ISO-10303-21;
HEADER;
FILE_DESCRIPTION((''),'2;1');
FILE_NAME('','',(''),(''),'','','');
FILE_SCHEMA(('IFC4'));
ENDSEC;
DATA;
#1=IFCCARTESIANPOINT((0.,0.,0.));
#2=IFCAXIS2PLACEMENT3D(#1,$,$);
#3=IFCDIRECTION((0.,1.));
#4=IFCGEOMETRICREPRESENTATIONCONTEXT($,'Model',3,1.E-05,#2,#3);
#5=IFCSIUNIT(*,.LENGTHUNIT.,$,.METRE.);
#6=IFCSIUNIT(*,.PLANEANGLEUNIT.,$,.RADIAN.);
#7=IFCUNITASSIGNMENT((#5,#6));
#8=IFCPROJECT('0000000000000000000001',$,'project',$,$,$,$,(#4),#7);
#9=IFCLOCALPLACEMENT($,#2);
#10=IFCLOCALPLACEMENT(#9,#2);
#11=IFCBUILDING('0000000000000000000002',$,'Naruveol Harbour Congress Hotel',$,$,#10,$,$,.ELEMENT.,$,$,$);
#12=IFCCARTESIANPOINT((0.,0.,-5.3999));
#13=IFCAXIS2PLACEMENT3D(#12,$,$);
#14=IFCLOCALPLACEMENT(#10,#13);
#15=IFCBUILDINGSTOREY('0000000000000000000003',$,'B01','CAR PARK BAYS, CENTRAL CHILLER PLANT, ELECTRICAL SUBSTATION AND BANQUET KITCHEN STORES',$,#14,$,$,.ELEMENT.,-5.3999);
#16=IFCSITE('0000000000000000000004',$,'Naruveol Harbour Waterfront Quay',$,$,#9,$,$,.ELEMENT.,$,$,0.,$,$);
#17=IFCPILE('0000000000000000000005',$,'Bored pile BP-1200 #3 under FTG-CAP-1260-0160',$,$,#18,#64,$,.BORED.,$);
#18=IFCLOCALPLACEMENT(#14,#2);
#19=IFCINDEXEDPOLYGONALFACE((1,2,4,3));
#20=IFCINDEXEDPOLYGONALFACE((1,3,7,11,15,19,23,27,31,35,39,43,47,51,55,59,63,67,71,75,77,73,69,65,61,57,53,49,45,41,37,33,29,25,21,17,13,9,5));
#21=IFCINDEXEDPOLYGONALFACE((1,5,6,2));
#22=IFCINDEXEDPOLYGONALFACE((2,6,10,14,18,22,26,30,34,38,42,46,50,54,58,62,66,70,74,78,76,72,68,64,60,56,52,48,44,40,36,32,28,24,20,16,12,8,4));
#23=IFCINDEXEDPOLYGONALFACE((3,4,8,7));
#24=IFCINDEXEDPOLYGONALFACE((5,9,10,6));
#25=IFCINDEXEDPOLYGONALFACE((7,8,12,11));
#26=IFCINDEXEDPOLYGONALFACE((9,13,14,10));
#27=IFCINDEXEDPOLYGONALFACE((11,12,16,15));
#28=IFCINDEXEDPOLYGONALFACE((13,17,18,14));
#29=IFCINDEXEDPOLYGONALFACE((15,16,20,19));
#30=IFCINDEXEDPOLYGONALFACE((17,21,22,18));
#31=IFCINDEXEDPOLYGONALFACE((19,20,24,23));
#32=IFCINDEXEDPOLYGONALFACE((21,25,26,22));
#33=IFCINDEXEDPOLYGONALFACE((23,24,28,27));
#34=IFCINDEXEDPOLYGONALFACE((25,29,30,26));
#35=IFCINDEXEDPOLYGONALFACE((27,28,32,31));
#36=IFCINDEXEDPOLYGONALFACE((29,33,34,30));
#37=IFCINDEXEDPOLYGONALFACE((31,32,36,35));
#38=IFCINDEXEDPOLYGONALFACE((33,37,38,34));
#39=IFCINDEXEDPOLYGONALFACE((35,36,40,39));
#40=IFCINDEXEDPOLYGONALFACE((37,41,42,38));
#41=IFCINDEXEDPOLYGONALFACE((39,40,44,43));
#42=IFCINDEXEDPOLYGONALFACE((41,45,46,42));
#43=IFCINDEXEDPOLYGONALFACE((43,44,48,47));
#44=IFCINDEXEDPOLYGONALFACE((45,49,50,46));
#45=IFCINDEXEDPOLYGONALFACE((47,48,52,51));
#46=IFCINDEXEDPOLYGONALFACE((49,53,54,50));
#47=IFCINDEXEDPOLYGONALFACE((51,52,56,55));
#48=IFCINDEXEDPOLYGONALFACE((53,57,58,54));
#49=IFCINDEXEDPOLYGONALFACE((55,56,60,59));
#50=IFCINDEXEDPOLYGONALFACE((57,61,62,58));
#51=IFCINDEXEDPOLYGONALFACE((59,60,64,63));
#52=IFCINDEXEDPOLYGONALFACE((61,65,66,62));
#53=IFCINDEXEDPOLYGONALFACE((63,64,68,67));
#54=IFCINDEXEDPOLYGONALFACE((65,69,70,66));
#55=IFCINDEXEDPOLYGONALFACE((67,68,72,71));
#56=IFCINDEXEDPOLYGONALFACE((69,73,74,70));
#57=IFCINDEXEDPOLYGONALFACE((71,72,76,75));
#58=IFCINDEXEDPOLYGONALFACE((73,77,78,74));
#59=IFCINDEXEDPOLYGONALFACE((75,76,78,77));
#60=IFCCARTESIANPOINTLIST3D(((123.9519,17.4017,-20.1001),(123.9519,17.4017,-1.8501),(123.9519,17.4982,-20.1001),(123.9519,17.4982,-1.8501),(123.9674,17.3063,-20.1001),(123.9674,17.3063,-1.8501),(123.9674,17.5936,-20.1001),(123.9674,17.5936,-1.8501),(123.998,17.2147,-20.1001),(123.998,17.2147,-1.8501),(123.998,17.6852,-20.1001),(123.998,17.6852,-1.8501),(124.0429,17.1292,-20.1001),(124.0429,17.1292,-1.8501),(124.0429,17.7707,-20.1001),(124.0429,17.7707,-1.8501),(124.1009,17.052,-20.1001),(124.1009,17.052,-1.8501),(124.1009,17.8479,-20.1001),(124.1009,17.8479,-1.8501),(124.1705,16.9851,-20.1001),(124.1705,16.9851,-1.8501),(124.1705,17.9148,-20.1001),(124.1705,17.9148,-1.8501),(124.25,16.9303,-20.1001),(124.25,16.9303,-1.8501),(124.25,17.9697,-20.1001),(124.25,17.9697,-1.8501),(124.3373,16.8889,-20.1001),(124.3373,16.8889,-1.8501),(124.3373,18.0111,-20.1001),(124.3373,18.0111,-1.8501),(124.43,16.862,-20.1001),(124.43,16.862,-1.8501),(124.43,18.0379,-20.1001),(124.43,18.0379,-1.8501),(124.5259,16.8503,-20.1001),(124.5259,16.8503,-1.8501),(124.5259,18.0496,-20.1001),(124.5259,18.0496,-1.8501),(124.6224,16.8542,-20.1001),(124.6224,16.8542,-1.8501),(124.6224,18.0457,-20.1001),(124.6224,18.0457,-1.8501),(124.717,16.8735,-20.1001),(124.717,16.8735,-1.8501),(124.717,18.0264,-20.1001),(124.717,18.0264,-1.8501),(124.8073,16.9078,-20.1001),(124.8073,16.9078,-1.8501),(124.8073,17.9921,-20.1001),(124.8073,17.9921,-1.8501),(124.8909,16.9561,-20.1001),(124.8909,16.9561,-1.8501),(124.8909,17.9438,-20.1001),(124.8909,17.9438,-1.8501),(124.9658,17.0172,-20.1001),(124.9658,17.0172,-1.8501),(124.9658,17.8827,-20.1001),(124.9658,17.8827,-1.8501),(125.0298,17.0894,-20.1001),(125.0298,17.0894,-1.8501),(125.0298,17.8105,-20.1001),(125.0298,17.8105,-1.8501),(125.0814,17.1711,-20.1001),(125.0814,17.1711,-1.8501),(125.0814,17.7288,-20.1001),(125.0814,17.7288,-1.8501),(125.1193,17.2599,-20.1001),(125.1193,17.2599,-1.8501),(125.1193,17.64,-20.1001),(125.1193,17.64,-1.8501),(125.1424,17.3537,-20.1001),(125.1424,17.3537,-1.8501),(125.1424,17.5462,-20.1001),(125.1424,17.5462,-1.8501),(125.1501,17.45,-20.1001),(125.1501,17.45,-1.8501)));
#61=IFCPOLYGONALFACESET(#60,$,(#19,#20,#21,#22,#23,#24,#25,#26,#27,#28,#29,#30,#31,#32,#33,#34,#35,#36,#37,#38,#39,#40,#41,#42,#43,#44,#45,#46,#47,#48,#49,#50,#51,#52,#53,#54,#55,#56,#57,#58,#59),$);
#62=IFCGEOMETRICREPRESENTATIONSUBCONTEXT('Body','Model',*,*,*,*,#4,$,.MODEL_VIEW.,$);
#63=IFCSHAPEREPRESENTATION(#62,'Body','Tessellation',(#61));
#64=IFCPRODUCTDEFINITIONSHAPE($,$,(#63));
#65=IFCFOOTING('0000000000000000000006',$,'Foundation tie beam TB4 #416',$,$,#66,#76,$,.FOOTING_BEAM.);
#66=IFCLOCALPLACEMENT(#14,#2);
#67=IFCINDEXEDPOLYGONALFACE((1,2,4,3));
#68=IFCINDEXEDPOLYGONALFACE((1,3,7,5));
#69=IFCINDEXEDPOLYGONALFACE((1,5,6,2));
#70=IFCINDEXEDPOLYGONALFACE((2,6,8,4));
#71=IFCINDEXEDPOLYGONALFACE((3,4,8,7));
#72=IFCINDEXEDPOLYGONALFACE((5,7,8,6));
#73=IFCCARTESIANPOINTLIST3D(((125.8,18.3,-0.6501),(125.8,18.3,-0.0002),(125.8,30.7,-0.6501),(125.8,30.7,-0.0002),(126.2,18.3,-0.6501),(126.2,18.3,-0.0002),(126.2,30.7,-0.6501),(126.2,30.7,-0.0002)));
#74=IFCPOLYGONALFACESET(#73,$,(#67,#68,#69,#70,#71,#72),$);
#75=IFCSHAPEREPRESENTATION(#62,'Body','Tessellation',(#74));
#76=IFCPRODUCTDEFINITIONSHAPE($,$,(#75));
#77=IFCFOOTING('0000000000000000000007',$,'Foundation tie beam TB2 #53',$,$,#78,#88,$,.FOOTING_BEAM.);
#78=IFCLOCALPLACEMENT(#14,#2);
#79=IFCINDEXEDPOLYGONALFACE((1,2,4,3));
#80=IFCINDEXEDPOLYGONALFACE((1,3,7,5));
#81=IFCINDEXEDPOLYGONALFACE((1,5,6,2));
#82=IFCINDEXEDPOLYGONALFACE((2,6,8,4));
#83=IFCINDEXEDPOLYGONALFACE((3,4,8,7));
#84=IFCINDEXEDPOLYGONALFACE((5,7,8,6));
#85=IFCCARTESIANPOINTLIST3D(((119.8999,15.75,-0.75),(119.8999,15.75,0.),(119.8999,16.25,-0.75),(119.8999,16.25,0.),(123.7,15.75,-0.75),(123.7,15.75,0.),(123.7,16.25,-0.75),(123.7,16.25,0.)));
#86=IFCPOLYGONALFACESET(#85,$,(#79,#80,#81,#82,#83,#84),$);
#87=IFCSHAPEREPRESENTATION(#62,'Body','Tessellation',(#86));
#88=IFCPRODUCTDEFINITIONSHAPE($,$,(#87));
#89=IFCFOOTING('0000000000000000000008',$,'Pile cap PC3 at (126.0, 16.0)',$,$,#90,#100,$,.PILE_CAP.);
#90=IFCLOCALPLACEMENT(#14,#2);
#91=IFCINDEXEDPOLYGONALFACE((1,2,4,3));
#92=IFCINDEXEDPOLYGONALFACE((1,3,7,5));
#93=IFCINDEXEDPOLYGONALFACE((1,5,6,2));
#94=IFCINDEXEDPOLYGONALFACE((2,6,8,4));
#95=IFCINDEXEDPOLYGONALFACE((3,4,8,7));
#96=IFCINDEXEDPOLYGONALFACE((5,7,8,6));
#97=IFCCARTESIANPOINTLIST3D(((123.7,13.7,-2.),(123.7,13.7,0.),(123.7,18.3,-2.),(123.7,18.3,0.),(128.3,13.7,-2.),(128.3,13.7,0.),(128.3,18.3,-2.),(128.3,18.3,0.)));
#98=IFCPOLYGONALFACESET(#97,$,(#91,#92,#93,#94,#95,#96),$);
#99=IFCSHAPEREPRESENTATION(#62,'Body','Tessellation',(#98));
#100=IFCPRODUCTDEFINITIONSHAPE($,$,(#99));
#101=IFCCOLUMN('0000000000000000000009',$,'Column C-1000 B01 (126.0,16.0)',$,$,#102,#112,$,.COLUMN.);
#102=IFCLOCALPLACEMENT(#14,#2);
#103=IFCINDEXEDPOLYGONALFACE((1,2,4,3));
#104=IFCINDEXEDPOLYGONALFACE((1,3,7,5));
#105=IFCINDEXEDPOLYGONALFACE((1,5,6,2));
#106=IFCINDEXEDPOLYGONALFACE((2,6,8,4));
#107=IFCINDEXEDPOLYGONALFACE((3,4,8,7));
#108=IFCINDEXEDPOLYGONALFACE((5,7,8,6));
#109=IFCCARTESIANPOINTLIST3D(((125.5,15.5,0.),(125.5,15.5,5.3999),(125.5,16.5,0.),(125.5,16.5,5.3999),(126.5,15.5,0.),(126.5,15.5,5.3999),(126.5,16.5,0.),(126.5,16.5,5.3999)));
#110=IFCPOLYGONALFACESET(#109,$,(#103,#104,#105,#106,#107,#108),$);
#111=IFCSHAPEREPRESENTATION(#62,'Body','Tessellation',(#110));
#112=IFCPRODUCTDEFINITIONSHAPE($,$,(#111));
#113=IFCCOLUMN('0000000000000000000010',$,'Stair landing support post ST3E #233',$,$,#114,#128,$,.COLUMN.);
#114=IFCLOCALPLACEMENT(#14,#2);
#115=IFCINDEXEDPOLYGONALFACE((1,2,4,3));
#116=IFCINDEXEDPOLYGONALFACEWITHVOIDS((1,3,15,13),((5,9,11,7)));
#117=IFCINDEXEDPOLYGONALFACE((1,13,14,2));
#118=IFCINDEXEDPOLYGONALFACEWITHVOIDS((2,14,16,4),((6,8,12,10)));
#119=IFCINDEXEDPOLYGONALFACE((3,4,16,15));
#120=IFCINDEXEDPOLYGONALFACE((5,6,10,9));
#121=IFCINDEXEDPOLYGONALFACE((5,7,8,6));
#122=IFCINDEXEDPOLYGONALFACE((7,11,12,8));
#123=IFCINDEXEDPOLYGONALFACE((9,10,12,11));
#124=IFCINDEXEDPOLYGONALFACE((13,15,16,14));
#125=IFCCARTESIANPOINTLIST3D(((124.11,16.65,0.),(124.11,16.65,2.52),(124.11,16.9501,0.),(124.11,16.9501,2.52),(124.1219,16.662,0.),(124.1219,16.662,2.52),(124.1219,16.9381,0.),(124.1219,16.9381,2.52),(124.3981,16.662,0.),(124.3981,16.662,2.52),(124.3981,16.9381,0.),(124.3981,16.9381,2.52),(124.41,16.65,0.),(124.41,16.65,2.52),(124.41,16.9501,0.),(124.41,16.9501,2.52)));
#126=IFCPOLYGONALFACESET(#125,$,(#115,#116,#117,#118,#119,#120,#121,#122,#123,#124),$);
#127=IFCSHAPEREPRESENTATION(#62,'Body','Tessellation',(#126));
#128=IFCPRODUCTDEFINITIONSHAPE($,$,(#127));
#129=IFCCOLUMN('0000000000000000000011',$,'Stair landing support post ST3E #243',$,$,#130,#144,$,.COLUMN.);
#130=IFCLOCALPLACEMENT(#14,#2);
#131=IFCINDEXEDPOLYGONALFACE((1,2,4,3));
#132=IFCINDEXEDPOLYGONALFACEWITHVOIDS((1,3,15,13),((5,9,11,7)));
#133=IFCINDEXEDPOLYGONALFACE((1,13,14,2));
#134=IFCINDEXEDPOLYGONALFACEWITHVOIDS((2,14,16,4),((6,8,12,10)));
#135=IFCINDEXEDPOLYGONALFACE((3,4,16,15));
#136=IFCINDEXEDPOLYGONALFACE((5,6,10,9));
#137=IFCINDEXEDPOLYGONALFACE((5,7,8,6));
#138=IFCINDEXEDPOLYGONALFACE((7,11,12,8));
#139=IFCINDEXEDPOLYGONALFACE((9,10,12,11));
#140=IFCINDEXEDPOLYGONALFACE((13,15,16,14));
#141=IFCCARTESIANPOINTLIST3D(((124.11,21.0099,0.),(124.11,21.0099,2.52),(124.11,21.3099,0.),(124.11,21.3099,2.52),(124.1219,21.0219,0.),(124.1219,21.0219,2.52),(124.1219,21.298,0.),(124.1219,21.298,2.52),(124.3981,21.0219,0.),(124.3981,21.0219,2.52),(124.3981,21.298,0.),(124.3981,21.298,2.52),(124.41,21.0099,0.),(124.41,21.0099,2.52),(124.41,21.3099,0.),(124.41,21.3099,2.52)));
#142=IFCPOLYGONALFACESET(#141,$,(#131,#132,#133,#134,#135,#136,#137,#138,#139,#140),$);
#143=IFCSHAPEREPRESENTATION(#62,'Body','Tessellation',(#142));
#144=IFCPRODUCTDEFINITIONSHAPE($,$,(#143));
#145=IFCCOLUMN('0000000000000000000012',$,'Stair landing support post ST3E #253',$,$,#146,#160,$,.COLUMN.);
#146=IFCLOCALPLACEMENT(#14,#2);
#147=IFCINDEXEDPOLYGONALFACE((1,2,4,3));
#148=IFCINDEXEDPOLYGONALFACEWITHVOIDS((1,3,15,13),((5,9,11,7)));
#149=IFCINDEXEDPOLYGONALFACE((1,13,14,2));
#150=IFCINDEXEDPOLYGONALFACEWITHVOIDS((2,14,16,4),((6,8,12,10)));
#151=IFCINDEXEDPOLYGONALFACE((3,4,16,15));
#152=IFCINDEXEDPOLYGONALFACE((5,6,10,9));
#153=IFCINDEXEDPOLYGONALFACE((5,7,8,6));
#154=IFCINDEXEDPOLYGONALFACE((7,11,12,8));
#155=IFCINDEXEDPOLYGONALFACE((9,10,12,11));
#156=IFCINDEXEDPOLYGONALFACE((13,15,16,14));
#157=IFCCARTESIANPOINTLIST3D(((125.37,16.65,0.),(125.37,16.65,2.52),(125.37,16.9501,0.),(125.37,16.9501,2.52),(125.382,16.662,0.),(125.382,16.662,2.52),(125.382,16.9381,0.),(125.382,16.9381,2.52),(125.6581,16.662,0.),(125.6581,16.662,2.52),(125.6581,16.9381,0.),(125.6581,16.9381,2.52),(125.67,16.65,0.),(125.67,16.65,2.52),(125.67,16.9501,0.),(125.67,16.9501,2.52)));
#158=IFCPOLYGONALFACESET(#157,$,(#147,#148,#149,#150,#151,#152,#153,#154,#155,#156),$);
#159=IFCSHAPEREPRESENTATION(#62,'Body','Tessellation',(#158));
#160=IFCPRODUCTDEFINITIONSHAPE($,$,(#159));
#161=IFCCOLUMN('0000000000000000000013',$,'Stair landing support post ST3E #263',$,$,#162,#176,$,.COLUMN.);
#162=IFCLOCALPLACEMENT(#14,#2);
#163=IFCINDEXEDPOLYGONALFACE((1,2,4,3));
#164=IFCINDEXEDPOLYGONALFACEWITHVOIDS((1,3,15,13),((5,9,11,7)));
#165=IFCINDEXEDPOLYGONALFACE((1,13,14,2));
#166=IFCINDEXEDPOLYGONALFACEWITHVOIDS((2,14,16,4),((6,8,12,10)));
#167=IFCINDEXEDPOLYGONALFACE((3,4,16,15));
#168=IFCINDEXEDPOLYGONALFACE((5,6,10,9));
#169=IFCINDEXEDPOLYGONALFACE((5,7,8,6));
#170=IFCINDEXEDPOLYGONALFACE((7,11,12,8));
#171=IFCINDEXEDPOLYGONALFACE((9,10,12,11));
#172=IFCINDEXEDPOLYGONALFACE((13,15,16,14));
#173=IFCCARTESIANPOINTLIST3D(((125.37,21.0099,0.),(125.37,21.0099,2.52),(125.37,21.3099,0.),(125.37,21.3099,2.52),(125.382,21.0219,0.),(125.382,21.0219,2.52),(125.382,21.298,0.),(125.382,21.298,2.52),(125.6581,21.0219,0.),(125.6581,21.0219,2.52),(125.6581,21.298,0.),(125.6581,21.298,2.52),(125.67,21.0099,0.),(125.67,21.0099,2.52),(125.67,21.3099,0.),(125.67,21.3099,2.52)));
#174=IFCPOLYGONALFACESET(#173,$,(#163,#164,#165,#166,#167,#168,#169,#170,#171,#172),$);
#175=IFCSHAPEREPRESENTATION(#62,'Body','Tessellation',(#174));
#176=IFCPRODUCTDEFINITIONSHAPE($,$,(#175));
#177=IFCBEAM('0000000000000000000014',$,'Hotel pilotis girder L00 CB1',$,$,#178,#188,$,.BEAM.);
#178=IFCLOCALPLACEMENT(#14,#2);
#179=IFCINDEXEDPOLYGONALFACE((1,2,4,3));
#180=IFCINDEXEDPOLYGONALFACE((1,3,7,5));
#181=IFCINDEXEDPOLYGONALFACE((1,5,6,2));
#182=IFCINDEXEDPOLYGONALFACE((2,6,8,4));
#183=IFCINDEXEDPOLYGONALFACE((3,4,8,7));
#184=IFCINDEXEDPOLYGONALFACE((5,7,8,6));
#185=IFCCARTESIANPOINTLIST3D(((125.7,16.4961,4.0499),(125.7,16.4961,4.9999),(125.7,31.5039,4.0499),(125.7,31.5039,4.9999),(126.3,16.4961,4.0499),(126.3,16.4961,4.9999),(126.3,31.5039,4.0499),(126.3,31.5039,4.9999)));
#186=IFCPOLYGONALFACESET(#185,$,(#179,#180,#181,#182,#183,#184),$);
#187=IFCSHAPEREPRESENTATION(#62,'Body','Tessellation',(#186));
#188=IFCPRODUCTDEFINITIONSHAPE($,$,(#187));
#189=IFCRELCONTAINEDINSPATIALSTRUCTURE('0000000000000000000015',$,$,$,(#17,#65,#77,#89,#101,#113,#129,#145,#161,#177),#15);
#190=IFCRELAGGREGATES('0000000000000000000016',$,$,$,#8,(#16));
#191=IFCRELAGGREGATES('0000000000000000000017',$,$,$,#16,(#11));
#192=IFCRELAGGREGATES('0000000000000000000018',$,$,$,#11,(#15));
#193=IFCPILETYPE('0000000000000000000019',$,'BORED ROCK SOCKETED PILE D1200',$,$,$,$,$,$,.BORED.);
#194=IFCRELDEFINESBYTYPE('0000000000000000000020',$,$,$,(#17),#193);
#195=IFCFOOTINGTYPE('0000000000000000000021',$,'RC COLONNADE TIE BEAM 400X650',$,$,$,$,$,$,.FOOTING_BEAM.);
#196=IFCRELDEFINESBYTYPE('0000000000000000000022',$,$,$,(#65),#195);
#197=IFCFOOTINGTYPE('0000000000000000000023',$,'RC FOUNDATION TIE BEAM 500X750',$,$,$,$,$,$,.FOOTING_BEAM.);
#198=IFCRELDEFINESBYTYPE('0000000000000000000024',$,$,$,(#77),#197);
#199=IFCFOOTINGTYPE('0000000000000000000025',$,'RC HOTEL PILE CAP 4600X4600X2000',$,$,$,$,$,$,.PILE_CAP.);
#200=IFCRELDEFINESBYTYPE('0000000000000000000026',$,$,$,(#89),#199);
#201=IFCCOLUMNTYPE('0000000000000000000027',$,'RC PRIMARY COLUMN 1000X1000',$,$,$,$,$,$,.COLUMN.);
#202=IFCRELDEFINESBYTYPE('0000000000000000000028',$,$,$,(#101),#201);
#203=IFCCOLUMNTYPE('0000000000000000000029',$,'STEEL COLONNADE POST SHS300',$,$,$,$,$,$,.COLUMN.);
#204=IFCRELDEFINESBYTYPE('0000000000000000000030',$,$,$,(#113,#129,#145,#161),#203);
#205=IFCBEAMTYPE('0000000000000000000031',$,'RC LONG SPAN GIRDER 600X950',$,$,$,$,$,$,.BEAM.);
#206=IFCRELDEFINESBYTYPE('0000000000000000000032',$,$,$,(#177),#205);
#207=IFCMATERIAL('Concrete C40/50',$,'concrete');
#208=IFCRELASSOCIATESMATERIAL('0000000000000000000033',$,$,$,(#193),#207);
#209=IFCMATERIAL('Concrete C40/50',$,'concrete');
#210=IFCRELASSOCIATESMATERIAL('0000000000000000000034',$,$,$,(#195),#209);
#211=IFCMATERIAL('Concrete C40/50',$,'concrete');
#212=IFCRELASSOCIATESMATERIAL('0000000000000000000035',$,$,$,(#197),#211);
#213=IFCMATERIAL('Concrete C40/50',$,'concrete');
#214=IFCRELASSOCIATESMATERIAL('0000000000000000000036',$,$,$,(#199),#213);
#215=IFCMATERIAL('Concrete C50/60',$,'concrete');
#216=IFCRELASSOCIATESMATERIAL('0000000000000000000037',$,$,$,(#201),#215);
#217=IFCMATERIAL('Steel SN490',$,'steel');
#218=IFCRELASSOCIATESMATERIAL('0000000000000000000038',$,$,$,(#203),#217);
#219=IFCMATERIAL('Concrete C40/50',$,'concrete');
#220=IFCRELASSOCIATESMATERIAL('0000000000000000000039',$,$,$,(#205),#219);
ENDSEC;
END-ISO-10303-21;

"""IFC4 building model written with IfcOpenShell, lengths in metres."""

from ifc_helpers import new_model, si_unit, direction, frame, origin, origin_2d, place, context, subcontext, project, spatial, rectangle, hollow_rectangle, circle, extrude, material, material_profile, profile_set, type_object, element, save


model = new_model("IFC4")

# Units and contexts
model_context = context("Model", 3, precision=1e-05, world=origin(), true_north=direction((0.0, 1.0)))
body_context = subcontext(model_context, "Body", "Model", "MODEL_VIEW")
ifc_project = project(units=[si_unit("LENGTHUNIT", "METRE"), si_unit("PLANEANGLEUNIT", "RADIAN")], contexts=[model_context])

# Site, building, storey
site_placement = place(None, origin())
site = spatial("IfcSite", under=ifc_project, at=site_placement, Name="Naruveol Harbour Waterfront Quay", CompositionType="ELEMENT", RefElevation=0.0)
building_placement = place(site_placement, origin())
building = spatial("IfcBuilding", under=site, at=building_placement, Name="Naruveol Harbour Congress Hotel", CompositionType="ELEMENT")
storey_placement = place(building_placement, frame((0.0, 0.0, -5.3999)))
storey = spatial("IfcBuildingStorey", under=building, at=storey_placement, Name="B01", Description="CAR PARK BAYS, CENTRAL CHILLER PLANT, ELECTRICAL SUBSTATION AND BANQUET KITCHEN STORES", CompositionType="ELEMENT", Elevation=-5.3999)

# Pile
ifc_material_1 = material(Name="Concrete C40/50", Category="concrete")
ifc_material_profile_1 = material_profile(ifc_material_1, circle(Radius=0.6001, at=origin_2d()), Name="BP-1200")
ifc_profile_set_1 = profile_set([ifc_material_profile_1], Name="Concrete C40/50")
pile_type = type_object("IfcPileType", Name="BORED ROCK SOCKETED PILE D1200", PredefinedType="BORED", material=ifc_profile_set_1)
pile_placement = place(storey_placement, frame((124.55, 17.45, -1.8501), z_axis=(0.0, 0.0, -1.0), x_axis=(1.0, 0.0, 0.0)))
element("IfcPile", 1, at=pile_placement, inside=storey, type_object=pile_type, Name="Bored pile BP-1200 #3 under FTG-CAP-1260-0160", PredefinedType="BORED", context=body_context, shape_type="SweptSolid", body=[
    extrude(circle(Radius=0.6001, at=origin_2d()), origin(), (0.0, 0.0, 1.0), 18.25),
])

# Footings
ifc_material_2 = material(Name="Concrete C40/50", Category="concrete")
ifc_material_profile_2 = material_profile(ifc_material_2, rectangle(XDim=0.3999, YDim=0.6499, at=origin_2d()), Name="RCB-400x650")
ifc_profile_set_2 = profile_set([ifc_material_profile_2], Name="Concrete C40/50")
footing_type_1 = type_object("IfcFootingType", Name="RC COLONNADE TIE BEAM 400X650", PredefinedType="FOOTING_BEAM", material=ifc_profile_set_2)
footing_1_placement = place(storey_placement, frame((126.0, 18.3, -0.3252), z_axis=(0.0, 1.0, 0.0), x_axis=(-1.0, 0.0, 0.0)))
element("IfcFooting", 2, at=footing_1_placement, inside=storey, type_object=footing_type_1, Name="Foundation tie beam TB4 #416", PredefinedType="FOOTING_BEAM", context=body_context, shape_type="SweptSolid", body=[
    extrude(rectangle(XDim=0.3999, YDim=0.6499, at=origin_2d()), origin(), (0.0, 0.0, 1.0), 12.3999),
])
ifc_material_3 = material(Name="Concrete C40/50", Category="concrete")
ifc_material_profile_3 = material_profile(ifc_material_3, rectangle(XDim=0.5, YDim=0.75, at=origin_2d()), Name="RCB-500x750")
ifc_profile_set_3 = profile_set([ifc_material_profile_3], Name="Concrete C40/50")
footing_type_2 = type_object("IfcFootingType", Name="RC FOUNDATION TIE BEAM 500X750", PredefinedType="FOOTING_BEAM", material=ifc_profile_set_3)
footing_2_placement = place(storey_placement, frame((119.8999, 16.0, -0.375), z_axis=(1.0, 0.0, 0.0), x_axis=(0.0, 1.0, 0.0)))
element("IfcFooting", 3, at=footing_2_placement, inside=storey, type_object=footing_type_2, Name="Foundation tie beam TB2 #53", PredefinedType="FOOTING_BEAM", context=body_context, shape_type="SweptSolid", body=[
    extrude(rectangle(XDim=0.5, YDim=0.75, at=origin_2d()), origin(), (0.0, 0.0, 1.0), 3.8),
])
ifc_material_4 = material(Name="Concrete C40/50", Category="concrete")
footing_type_3 = type_object("IfcFootingType", Name="RC HOTEL PILE CAP 4600X4600X2000", PredefinedType="PILE_CAP", material=ifc_material_4)
footing_3_placement = place(storey_placement, frame((126.0, 16.0, -2.0), z_axis=(0.0, 0.0, 1.0), x_axis=(1.0, 0.0, 0.0)))
element("IfcFooting", 4, at=footing_3_placement, inside=storey, type_object=footing_type_3, Name="Pile cap PC3 at (126.0, 16.0)", PredefinedType="PILE_CAP", context=body_context, shape_type="SweptSolid", body=[
    extrude(rectangle(XDim=4.6001, YDim=4.6001, at=origin_2d()), origin(), (0.0, 0.0, 1.0), 2.0),
])

# Columns
ifc_material_5 = material(Name="Concrete C50/60", Category="concrete")
ifc_material_profile_4 = material_profile(ifc_material_5, rectangle(XDim=1.0, YDim=1.0, at=origin_2d()), Name="RC-1000x1000")
ifc_profile_set_4 = profile_set([ifc_material_profile_4], Name="Concrete C50/60")
column_type_1 = type_object("IfcColumnType", Name="RC PRIMARY COLUMN 1000X1000", PredefinedType="COLUMN", material=ifc_profile_set_4)
column_placement = place(storey_placement, frame((126.0, 16.0, 0.0), z_axis=(0.0, 0.0, 1.0), x_axis=(1.0, 0.0, 0.0)))
element("IfcColumn", 5, at=column_placement, inside=storey, type_object=column_type_1, Name="Column C-1000 B01 (126.0,16.0)", PredefinedType="COLUMN", context=body_context, shape_type="SweptSolid", body=[
    extrude(rectangle(XDim=1.0, YDim=1.0, at=origin_2d()), origin(), (0.0, 0.0, 1.0), 5.3999),
])
ifc_material_6 = material(Name="Steel SN490", Category="steel")
ifc_material_profile_5 = material_profile(ifc_material_6, hollow_rectangle(XDim=0.3, YDim=0.3, WallThickness=0.012, at=origin_2d()), Name="SHS-300x300x12")
ifc_profile_set_5 = profile_set([ifc_material_profile_5], Name="Steel SN490")
column_type_2 = type_object("IfcColumnType", Name="STEEL COLONNADE POST SHS300", PredefinedType="COLUMN", material=ifc_profile_set_5)
for number, where, z_axis, x_axis, name in (
    (6, (124.26, 16.8, 0.0), (0.0, 0.0, 1.0), (1.0, 0.0, 0.0), "Stair landing support post ST3E #233"),
    (7, (124.26, 21.1599, 0.0), (0.0, 0.0, 1.0), (1.0, 0.0, 0.0), "Stair landing support post ST3E #243"),
    (8, (125.52, 16.8, 0.0), (0.0, 0.0, 1.0), (1.0, 0.0, 0.0), "Stair landing support post ST3E #253"),
    (9, (125.52, 21.1599, 0.0), (0.0, 0.0, 1.0), (1.0, 0.0, 0.0), "Stair landing support post ST3E #263"),
):
    element("IfcColumn", number, at=place(storey_placement, frame(where, z_axis=z_axis, x_axis=x_axis)), inside=storey, type_object=column_type_2, Name=name, PredefinedType="COLUMN", context=body_context, shape_type="SweptSolid", body=[
        extrude(hollow_rectangle(XDim=0.3, YDim=0.3, WallThickness=0.012, at=origin_2d()), origin(), (0.0, 0.0, 1.0), 2.52),
    ])

# Beam
ifc_material_7 = material(Name="Concrete C40/50", Category="concrete")
ifc_material_profile_6 = material_profile(ifc_material_7, rectangle(XDim=0.6001, YDim=0.95, at=origin_2d()), Name="RCB-600x950")
ifc_profile_set_6 = profile_set([ifc_material_profile_6], Name="Concrete C40/50")
beam_type_1 = type_object("IfcBeamType", Name="RC LONG SPAN GIRDER 600X950", PredefinedType="BEAM", material=ifc_profile_set_6)
beam_1_placement = place(storey_placement, frame((126.0, 16.4961, 4.5249), z_axis=(0.0, 1.0, 0.0), x_axis=(-1.0, 0.0, 0.0)))
element("IfcBeam", 10, at=beam_1_placement, inside=storey, type_object=beam_type_1, Name="Hotel pilotis girder L00 CB1", PredefinedType="BEAM", context=body_context, shape_type="SweptSolid", body=[
    extrude(rectangle(XDim=0.6001, YDim=0.95, at=origin_2d()), origin(), (0.0, 0.0, 1.0), 15.0078),
])

save(model, "model.ifc")
